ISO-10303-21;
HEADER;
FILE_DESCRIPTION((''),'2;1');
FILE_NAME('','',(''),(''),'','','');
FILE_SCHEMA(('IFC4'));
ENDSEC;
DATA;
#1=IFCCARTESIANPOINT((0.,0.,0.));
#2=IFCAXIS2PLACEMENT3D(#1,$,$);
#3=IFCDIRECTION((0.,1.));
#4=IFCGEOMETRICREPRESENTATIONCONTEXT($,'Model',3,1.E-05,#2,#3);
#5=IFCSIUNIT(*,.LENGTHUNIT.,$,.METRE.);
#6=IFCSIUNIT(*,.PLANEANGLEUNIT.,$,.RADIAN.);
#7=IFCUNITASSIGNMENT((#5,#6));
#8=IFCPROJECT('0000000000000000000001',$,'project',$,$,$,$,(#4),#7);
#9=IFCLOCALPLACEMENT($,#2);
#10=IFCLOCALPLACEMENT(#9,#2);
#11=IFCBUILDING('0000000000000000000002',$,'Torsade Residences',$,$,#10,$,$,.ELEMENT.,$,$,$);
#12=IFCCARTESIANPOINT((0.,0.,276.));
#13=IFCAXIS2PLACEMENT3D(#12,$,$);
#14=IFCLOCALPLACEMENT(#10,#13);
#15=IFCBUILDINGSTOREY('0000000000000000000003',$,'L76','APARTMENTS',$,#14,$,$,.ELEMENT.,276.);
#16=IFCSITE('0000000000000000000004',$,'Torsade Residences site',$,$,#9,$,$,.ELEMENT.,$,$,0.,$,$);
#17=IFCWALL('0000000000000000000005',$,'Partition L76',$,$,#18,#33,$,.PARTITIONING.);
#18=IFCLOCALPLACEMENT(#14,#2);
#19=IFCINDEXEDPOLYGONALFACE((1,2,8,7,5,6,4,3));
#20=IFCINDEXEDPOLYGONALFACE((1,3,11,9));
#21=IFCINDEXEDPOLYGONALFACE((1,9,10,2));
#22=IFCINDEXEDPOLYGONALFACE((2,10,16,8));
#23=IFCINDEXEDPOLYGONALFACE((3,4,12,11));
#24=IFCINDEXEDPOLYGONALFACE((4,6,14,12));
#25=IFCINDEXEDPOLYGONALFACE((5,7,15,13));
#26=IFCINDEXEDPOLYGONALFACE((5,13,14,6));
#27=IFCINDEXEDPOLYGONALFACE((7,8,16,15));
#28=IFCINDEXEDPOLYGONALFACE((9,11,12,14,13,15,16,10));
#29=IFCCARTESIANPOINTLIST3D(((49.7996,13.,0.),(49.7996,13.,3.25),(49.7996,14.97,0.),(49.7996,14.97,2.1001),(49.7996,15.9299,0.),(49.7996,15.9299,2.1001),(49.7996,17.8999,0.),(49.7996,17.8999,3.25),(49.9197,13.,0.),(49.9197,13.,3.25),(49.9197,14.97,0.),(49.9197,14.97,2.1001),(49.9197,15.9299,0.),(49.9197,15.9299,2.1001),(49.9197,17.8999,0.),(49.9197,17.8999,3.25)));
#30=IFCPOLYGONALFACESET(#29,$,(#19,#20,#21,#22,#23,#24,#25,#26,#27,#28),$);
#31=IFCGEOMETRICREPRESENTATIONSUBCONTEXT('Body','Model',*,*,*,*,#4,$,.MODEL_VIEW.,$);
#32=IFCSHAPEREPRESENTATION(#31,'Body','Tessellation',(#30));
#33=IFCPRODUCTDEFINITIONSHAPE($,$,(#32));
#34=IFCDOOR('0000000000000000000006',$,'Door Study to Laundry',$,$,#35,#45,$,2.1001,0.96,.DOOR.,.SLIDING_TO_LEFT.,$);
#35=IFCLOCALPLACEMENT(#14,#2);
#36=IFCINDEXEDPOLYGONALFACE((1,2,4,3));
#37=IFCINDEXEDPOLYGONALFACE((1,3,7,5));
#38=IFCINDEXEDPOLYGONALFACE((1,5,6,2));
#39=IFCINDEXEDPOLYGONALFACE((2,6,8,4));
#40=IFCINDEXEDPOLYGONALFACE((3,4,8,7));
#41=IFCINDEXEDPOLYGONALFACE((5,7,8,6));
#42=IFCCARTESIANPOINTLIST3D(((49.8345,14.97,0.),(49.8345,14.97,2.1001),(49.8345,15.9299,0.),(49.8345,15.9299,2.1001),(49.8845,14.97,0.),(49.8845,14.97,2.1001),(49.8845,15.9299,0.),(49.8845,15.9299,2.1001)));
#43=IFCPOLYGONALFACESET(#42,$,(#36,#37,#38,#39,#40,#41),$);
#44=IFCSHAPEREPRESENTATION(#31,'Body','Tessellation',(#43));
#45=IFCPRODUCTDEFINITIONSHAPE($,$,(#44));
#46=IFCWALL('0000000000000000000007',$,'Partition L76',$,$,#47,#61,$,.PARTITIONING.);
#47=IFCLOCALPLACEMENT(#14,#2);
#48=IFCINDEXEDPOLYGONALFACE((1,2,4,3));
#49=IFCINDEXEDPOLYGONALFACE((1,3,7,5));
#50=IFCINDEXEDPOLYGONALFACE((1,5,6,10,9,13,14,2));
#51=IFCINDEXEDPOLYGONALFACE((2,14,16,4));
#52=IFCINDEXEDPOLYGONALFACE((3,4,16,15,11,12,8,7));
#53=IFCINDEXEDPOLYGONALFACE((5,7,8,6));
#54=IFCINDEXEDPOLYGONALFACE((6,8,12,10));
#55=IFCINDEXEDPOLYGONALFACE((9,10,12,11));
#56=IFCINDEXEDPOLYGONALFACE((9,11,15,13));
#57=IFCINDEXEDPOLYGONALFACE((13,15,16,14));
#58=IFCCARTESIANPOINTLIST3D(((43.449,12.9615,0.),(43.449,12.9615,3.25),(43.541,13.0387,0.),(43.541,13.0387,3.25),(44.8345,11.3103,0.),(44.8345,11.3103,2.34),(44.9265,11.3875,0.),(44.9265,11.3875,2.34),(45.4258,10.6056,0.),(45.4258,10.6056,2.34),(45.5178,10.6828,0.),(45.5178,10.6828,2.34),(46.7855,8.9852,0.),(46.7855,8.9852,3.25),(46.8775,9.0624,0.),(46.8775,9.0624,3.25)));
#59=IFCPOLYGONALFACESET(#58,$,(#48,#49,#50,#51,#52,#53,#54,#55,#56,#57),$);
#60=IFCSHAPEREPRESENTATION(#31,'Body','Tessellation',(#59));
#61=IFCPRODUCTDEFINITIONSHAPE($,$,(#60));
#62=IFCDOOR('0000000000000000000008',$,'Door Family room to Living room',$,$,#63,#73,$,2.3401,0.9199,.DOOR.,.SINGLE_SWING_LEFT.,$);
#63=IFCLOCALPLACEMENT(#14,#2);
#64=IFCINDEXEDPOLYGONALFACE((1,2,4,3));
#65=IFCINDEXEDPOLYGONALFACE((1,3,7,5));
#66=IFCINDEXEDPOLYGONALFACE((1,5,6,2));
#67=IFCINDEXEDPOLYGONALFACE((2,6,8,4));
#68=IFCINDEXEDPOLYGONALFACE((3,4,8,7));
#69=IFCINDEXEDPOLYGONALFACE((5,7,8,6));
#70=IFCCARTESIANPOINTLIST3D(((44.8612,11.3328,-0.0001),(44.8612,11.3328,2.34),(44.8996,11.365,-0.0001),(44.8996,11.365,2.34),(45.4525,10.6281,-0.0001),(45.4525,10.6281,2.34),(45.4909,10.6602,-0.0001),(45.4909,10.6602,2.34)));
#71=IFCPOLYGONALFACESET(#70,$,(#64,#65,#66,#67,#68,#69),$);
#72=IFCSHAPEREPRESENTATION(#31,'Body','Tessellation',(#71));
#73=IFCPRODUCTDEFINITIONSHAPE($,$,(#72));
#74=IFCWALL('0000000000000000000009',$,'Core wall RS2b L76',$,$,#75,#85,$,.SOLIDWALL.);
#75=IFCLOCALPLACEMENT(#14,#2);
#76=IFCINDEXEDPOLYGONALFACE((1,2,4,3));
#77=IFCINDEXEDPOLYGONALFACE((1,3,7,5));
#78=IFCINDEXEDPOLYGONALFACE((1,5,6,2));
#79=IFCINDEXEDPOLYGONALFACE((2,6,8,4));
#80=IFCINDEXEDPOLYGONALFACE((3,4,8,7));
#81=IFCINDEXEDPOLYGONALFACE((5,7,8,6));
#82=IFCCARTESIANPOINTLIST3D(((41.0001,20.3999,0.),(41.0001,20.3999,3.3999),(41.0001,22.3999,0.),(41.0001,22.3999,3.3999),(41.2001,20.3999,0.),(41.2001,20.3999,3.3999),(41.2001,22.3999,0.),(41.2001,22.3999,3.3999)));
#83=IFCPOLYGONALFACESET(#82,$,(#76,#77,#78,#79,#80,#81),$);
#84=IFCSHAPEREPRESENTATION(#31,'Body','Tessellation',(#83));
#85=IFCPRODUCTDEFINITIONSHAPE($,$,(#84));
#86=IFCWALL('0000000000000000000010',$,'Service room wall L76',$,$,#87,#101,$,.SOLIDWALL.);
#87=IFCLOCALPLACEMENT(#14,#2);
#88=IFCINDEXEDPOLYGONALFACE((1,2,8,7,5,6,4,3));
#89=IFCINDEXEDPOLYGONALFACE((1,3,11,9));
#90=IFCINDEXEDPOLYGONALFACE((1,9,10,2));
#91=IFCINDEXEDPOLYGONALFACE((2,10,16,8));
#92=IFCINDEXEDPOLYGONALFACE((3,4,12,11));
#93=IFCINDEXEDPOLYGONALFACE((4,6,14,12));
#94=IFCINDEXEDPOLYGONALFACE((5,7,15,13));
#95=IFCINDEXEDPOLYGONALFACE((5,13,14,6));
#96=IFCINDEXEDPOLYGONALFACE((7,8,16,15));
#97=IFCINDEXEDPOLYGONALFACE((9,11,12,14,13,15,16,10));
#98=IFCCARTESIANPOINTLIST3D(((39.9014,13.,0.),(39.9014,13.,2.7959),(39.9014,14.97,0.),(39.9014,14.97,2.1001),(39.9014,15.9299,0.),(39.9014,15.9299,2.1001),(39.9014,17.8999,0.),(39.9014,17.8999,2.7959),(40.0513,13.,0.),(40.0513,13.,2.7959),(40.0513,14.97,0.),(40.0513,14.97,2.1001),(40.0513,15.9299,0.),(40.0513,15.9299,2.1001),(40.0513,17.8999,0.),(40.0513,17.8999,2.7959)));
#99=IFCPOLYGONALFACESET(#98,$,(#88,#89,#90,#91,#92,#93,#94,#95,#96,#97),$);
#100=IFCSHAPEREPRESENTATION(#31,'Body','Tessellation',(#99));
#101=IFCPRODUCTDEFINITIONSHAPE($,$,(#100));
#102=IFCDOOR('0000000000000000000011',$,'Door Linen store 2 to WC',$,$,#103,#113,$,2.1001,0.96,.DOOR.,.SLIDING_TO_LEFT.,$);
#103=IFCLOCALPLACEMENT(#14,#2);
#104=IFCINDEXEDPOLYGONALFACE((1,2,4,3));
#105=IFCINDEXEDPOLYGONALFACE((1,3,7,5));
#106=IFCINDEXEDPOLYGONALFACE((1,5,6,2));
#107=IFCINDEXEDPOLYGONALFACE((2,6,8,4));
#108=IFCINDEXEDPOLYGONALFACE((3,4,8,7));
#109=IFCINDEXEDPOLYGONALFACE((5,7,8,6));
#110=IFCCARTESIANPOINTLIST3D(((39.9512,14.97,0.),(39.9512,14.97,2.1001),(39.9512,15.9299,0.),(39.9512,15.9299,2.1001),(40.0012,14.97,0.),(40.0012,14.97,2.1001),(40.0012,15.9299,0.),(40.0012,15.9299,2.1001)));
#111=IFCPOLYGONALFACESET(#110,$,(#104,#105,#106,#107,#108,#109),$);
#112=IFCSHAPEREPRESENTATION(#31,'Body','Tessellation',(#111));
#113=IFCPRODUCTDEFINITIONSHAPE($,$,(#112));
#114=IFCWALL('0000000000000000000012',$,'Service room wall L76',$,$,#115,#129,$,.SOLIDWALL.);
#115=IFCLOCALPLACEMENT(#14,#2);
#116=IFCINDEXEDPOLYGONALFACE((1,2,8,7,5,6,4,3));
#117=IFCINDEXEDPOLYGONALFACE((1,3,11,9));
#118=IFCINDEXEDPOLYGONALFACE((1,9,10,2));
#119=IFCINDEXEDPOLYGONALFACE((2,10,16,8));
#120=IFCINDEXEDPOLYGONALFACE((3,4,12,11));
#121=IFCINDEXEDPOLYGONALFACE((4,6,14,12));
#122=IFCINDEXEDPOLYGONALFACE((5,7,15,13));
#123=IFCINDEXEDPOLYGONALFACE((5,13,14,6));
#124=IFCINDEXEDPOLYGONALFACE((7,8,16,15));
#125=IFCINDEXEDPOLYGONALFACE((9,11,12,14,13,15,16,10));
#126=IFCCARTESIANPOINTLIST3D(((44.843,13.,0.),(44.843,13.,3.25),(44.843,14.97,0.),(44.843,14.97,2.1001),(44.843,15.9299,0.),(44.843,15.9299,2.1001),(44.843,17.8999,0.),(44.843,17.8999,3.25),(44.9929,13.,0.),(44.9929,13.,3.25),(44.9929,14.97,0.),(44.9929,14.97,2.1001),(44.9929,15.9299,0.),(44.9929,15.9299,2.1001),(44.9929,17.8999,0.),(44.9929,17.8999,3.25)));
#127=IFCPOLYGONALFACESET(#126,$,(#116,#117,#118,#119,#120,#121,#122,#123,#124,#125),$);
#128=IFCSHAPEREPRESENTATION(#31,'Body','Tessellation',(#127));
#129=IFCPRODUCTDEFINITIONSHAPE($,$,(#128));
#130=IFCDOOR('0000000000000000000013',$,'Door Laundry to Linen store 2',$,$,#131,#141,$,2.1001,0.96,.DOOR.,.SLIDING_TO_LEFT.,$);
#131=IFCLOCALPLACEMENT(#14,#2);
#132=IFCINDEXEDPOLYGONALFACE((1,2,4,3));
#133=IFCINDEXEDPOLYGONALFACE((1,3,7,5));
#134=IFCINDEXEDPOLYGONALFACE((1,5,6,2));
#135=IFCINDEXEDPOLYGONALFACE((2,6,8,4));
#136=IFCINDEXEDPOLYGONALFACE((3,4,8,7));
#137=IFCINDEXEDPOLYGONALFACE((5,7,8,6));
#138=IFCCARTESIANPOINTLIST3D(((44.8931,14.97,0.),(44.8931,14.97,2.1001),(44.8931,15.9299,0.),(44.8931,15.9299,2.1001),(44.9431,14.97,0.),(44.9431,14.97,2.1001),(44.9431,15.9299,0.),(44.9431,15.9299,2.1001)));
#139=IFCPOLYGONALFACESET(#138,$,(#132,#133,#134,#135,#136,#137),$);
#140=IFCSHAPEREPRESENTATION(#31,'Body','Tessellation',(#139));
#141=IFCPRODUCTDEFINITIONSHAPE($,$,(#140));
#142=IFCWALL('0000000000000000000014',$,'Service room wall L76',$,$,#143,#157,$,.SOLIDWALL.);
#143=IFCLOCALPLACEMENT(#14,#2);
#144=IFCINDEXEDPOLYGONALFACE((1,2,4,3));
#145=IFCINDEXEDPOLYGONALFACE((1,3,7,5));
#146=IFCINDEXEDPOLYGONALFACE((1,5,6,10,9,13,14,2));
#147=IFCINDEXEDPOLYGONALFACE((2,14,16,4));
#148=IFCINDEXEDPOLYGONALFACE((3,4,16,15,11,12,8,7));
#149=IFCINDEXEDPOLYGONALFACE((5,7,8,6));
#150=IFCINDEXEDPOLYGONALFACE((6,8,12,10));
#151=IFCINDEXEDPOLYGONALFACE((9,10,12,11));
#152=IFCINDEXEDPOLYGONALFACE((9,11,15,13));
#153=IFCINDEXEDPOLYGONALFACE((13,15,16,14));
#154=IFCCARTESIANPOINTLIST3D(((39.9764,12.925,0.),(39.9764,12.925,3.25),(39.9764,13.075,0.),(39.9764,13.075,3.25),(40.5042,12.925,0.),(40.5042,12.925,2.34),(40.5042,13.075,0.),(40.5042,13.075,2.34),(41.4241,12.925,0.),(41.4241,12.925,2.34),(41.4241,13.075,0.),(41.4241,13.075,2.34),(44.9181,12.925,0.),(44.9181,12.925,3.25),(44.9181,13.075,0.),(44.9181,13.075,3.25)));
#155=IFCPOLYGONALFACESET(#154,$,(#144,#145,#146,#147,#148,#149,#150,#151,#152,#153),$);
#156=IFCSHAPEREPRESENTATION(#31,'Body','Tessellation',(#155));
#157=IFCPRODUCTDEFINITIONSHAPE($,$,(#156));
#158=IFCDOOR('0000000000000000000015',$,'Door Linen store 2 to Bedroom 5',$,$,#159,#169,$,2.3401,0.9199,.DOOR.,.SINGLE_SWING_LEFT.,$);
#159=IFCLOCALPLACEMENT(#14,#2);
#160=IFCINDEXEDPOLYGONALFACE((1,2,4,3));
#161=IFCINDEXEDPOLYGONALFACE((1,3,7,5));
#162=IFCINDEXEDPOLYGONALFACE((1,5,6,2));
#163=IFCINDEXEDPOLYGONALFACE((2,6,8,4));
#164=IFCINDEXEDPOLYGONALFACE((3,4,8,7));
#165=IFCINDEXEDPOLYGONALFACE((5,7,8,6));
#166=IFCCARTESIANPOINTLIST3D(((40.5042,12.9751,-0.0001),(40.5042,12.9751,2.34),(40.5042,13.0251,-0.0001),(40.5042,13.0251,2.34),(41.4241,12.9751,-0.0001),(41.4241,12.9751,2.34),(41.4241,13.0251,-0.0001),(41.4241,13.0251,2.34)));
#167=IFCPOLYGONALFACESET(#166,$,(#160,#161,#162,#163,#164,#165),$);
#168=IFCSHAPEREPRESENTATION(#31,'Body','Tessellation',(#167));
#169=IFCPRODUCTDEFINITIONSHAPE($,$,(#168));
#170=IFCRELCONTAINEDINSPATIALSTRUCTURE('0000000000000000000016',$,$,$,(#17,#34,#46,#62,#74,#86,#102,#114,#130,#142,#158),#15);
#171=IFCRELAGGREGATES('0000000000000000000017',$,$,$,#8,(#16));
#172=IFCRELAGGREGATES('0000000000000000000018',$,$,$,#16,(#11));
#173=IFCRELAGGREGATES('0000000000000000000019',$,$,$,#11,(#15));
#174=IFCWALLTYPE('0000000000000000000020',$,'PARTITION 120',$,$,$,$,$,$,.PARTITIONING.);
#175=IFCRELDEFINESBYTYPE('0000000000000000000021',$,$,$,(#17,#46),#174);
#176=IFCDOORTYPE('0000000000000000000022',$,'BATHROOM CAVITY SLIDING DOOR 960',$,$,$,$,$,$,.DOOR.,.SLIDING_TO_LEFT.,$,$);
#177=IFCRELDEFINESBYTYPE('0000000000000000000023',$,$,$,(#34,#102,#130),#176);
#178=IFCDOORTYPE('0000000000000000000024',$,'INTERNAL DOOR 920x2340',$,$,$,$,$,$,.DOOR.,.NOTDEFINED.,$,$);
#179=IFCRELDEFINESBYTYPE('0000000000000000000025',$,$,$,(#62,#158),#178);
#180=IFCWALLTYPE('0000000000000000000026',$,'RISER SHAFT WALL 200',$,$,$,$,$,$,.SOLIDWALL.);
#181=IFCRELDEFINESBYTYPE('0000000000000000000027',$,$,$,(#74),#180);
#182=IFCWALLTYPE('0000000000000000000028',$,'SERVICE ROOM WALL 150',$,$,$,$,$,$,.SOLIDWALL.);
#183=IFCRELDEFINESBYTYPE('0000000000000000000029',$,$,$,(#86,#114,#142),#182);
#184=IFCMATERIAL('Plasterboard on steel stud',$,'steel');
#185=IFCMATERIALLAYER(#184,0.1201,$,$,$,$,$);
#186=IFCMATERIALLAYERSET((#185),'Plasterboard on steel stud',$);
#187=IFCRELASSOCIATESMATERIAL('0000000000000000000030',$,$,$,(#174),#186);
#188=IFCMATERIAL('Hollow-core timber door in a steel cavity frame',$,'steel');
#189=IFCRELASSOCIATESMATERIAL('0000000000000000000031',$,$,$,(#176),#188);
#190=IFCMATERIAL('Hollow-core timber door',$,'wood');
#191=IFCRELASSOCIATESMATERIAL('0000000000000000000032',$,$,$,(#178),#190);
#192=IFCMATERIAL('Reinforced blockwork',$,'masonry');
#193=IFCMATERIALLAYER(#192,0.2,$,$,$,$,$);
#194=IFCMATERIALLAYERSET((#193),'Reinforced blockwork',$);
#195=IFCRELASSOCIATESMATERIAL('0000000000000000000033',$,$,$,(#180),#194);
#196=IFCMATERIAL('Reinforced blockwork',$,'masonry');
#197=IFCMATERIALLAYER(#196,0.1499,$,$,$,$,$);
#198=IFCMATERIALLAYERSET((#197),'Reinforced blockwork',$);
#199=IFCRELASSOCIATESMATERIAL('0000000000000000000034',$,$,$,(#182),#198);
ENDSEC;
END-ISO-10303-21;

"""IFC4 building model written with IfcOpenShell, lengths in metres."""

from ifc_helpers import new_model, si_unit, direction, frame, frame_2d, origin, place, context, subcontext, project, spatial, rectangle, extrude, material, layer, layer_set, type_object, element, fill, save


model = new_model("IFC4")

# Units and contexts
model_context = context("Model", 3, precision=1e-05, world=origin(), true_north=direction((0.0, 1.0)))
body_context = subcontext(model_context, "Body", "Model", "MODEL_VIEW")
ifc_project = project(units=[si_unit("LENGTHUNIT", "METRE"), si_unit("PLANEANGLEUNIT", "RADIAN")], contexts=[model_context])

# Site, building, storey
site_placement = place(None, origin())
site = spatial("IfcSite", under=ifc_project, at=site_placement, Name="Torsade Residences site", CompositionType="ELEMENT", RefElevation=0.0)
building_placement = place(site_placement, origin())
building = spatial("IfcBuilding", under=site, at=building_placement, Name="Torsade Residences", CompositionType="ELEMENT")
storey_placement = place(building_placement, frame((0.0, 0.0, 276.0)))
storey = spatial("IfcBuildingStorey", under=building, at=storey_placement, Name="L76", Description="APARTMENTS", CompositionType="ELEMENT", Elevation=276.0)

# Walls, openings, doors
ifc_material_1 = material(Name="Plasterboard on steel stud", Category="steel")
ifc_layer_1 = layer(ifc_material_1, 0.1201)
ifc_layer_set_1 = layer_set([ifc_layer_1], Name="Plasterboard on steel stud")
wall_type_1 = type_object("IfcWallType", Name="PARTITION 120", PredefinedType="PARTITIONING", material=ifc_layer_set_1)
wall_1_placement = place(storey_placement, frame((49.8596, 17.8999, 0.0), z_axis=(0.0, 0.0, 1.0), x_axis=(0.0, -1.0, 0.0)))
wall_1 = element("IfcWall", 1, at=wall_1_placement, inside=storey, type_object=wall_type_1, Name="Partition L76", PredefinedType="PARTITIONING", context=body_context, shape_type="SweptSolid", body=[
    extrude(rectangle(XDim=4.8999, YDim=0.1201, at=frame_2d((2.45, 0.0))), origin(), (0.0, 0.0, 1.0), 3.25),
])
opening_1_placement = place(wall_1_placement, frame((1.97, 0.0, 0.0)))
opening_1 = element("IfcOpeningElement", 2, at=opening_1_placement, cuts=wall_1, PredefinedType="OPENING", context=body_context, shape_type="SweptSolid", body=[
    extrude(rectangle(XDim=0.96, YDim=2.1001, at=frame_2d((0.48, 1.05))), frame((0.0, 0.0701, 0.0), z_axis=(0.0, -1.0, 0.0), x_axis=(1.0, 0.0, 0.0)), (0.0, 0.0, 1.0), 0.1401),
])
ifc_material_2 = material(Name="Hollow-core timber door in a steel cavity frame", Category="steel")
door_type_1 = type_object("IfcDoorType", Name="BATHROOM CAVITY SLIDING DOOR 960", OperationType="SLIDING_TO_LEFT", PredefinedType="DOOR", material=ifc_material_2)
door_1_placement = place(opening_1_placement, origin())
door_1 = element("IfcDoor", 3, at=door_1_placement, inside=storey, type_object=door_type_1, Name="Door Study to Laundry", OperationType="SLIDING_TO_LEFT", OverallHeight=2.1001, OverallWidth=0.96, PredefinedType="DOOR", context=body_context, shape_type="SweptSolid", body=[
    extrude(rectangle(XDim=0.96, YDim=2.1001, at=frame_2d((0.48, 1.05))), frame((0.0, 0.0249, 0.0), z_axis=(0.0, -1.0, 0.0), x_axis=(1.0, 0.0, 0.0)), (0.0, 0.0, 1.0), 0.05),
])
fill(opening_1, door_1)
wall_2_placement = place(storey_placement, frame((43.4951, 13.0, 0.0), z_axis=(0.0, 0.0, 1.0), x_axis=(0.642776, -0.766054, 0.0)))
wall_2 = element("IfcWall", 4, at=wall_2_placement, inside=storey, type_object=wall_type_1, Name="Partition L76", PredefinedType="PARTITIONING", context=body_context, shape_type="SweptSolid", body=[
    extrude(rectangle(XDim=5.1907, YDim=0.1201, at=frame_2d((2.5952, 0.0))), origin(), (0.0, 0.0, 1.0), 3.25),
])
opening_2_placement = place(wall_2_placement, frame((2.1553, 0.0, 0.0)))
opening_2 = element("IfcOpeningElement", 5, at=opening_2_placement, cuts=wall_2, PredefinedType="OPENING", context=body_context, shape_type="SweptSolid", body=[
    extrude(rectangle(XDim=0.9199, YDim=2.3401, at=frame_2d((0.46, 1.1699))), frame((0.0, 0.0701, 0.0), z_axis=(0.0, -1.0, 0.0), x_axis=(1.0, 0.0, 0.0)), (0.0, 0.0, 1.0), 0.1401),
])
ifc_material_3 = material(Name="Hollow-core timber door", Category="wood")
door_type_2 = type_object("IfcDoorType", Name="INTERNAL DOOR 920x2340", OperationType="NOTDEFINED", PredefinedType="DOOR", material=ifc_material_3)
door_2_placement = place(opening_2_placement, origin())
door_2 = element("IfcDoor", 6, at=door_2_placement, inside=storey, type_object=door_type_2, Name="Door Family room to Living room", OperationType="SINGLE_SWING_LEFT", OverallHeight=2.3401, OverallWidth=0.9199, PredefinedType="DOOR", context=body_context, shape_type="SweptSolid", body=[
    extrude(rectangle(XDim=0.9199, YDim=2.3401, at=frame_2d((0.46, 1.1699))), frame((0.0, 0.0249, 0.0), z_axis=(0.0, -1.0, 0.0), x_axis=(1.0, 0.0, 0.0)), (0.0, 0.0, 1.0), 0.05),
])
fill(opening_2, door_2)

# Wall
ifc_material_4 = material(Name="Reinforced blockwork", Category="masonry")
ifc_layer_2 = layer(ifc_material_4, 0.2)
ifc_layer_set_2 = layer_set([ifc_layer_2], Name="Reinforced blockwork")
wall_type_2 = type_object("IfcWallType", Name="RISER SHAFT WALL 200", PredefinedType="SOLIDWALL", material=ifc_layer_set_2)
wall_3_placement = place(storey_placement, frame((41.1001, 22.3999, 0.0), z_axis=(0.0, 0.0, 1.0), x_axis=(0.0, -1.0, 0.0)))
element("IfcWall", 7, at=wall_3_placement, inside=storey, type_object=wall_type_2, Name="Core wall RS2b L76", PredefinedType="SOLIDWALL", context=body_context, shape_type="SweptSolid", body=[
    extrude(rectangle(XDim=2.0, YDim=0.2, at=frame_2d((1.0, 0.0))), origin(), (0.0, 0.0, 1.0), 3.3999),
])

# Walls, openings, doors
ifc_material_5 = material(Name="Reinforced blockwork", Category="masonry")
ifc_layer_3 = layer(ifc_material_5, 0.1499)
ifc_layer_set_3 = layer_set([ifc_layer_3], Name="Reinforced blockwork")
wall_type_3 = type_object("IfcWallType", Name="SERVICE ROOM WALL 150", PredefinedType="SOLIDWALL", material=ifc_layer_set_3)
wall_4_placement = place(storey_placement, frame((39.9763, 17.8999, 0.0), z_axis=(0.0, 0.0, 1.0), x_axis=(0.0, -1.0, 0.0)))
wall_4 = element("IfcWall", 8, at=wall_4_placement, inside=storey, type_object=wall_type_3, Name="Service room wall L76", PredefinedType="SOLIDWALL", context=body_context, shape_type="SweptSolid", body=[
    extrude(rectangle(XDim=4.8999, YDim=0.1499, at=frame_2d((2.45, 0.0))), origin(), (0.0, 0.0, 1.0), 2.7959),
])
opening_3_placement = place(wall_4_placement, frame((1.97, 0.0, 0.0)))
opening_3 = element("IfcOpeningElement", 9, at=opening_3_placement, cuts=wall_4, PredefinedType="OPENING", context=body_context, shape_type="SweptSolid", body=[
    extrude(rectangle(XDim=0.96, YDim=2.1001, at=frame_2d((0.48, 1.05))), frame((0.0, 0.085, 0.0), z_axis=(0.0, -1.0, 0.0), x_axis=(1.0, 0.0, 0.0)), (0.0, 0.0, 1.0), 0.1699),
])
door_3_placement = place(opening_3_placement, origin())
door_3 = element("IfcDoor", 10, at=door_3_placement, inside=storey, type_object=door_type_1, Name="Door Linen store 2 to WC", OperationType="SLIDING_TO_LEFT", OverallHeight=2.1001, OverallWidth=0.96, PredefinedType="DOOR", context=body_context, shape_type="SweptSolid", body=[
    extrude(rectangle(XDim=0.96, YDim=2.1001, at=frame_2d((0.48, 1.05))), frame((0.0, 0.0249, 0.0), z_axis=(0.0, -1.0, 0.0), x_axis=(1.0, 0.0, 0.0)), (0.0, 0.0, 1.0), 0.05),
])
fill(opening_3, door_3)
wall_5_placement = place(storey_placement, frame((44.918, 13.0, 0.0), z_axis=(0.0, 0.0, 1.0), x_axis=(0.0, 1.0, 0.0)))
wall_5 = element("IfcWall", 11, at=wall_5_placement, inside=storey, type_object=wall_type_3, Name="Service room wall L76", PredefinedType="SOLIDWALL", context=body_context, shape_type="SweptSolid", body=[
    extrude(rectangle(XDim=4.8999, YDim=0.1499, at=frame_2d((2.45, 0.0))), origin(), (0.0, 0.0, 1.0), 3.25),
])
opening_4_placement = place(wall_5_placement, frame((1.97, 0.0, 0.0)))
opening_4 = element("IfcOpeningElement", 12, at=opening_4_placement, cuts=wall_5, PredefinedType="OPENING", context=body_context, shape_type="SweptSolid", body=[
    extrude(rectangle(XDim=0.96, YDim=2.1001, at=frame_2d((0.48, 1.05))), frame((0.0, 0.085, 0.0), z_axis=(0.0, -1.0, 0.0), x_axis=(1.0, 0.0, 0.0)), (0.0, 0.0, 1.0), 0.1699),
])
door_4_placement = place(opening_4_placement, origin())
door_4 = element("IfcDoor", 13, at=door_4_placement, inside=storey, type_object=door_type_1, Name="Door Laundry to Linen store 2", OperationType="SLIDING_TO_LEFT", OverallHeight=2.1001, OverallWidth=0.96, PredefinedType="DOOR", context=body_context, shape_type="SweptSolid", body=[
    extrude(rectangle(XDim=0.96, YDim=2.1001, at=frame_2d((0.48, 1.05))), frame((0.0, 0.0249, 0.0), z_axis=(0.0, -1.0, 0.0), x_axis=(1.0, 0.0, 0.0)), (0.0, 0.0, 1.0), 0.05),
])
fill(opening_4, door_4)
wall_6_placement = place(storey_placement, frame((44.918, 13.0, 0.0), z_axis=(0.0, 0.0, 1.0), x_axis=(-1.0, 0.0, 0.0)))
wall_6 = element("IfcWall", 14, at=wall_6_placement, inside=storey, type_object=wall_type_3, Name="Service room wall L76", PredefinedType="SOLIDWALL", context=body_context, shape_type="SweptSolid", body=[
    extrude(rectangle(XDim=4.9417, YDim=0.1499, at=frame_2d((2.4707, 0.0))), origin(), (0.0, 0.0, 1.0), 3.25),
])
opening_5_placement = place(wall_6_placement, frame((3.4939, 0.0, 0.0)))
opening_5 = element("IfcOpeningElement", 15, at=opening_5_placement, cuts=wall_6, PredefinedType="OPENING", context=body_context, shape_type="SweptSolid", body=[
    extrude(rectangle(XDim=0.9199, YDim=2.3401, at=frame_2d((0.46, 1.1699))), frame((0.0, 0.085, 0.0), z_axis=(0.0, -1.0, 0.0), x_axis=(1.0, 0.0, 0.0)), (0.0, 0.0, 1.0), 0.1699),
])
door_5_placement = place(opening_5_placement, origin())
door_5 = element("IfcDoor", 16, at=door_5_placement, inside=storey, type_object=door_type_2, Name="Door Linen store 2 to Bedroom 5", OperationType="SINGLE_SWING_LEFT", OverallHeight=2.3401, OverallWidth=0.9199, PredefinedType="DOOR", context=body_context, shape_type="SweptSolid", body=[
    extrude(rectangle(XDim=0.9199, YDim=2.3401, at=frame_2d((0.46, 1.1699))), frame((0.0, 0.0249, 0.0), z_axis=(0.0, -1.0, 0.0), x_axis=(1.0, 0.0, 0.0)), (0.0, 0.0, 1.0), 0.05),
])
fill(opening_5, door_5)

save(model, "model.ifc")
